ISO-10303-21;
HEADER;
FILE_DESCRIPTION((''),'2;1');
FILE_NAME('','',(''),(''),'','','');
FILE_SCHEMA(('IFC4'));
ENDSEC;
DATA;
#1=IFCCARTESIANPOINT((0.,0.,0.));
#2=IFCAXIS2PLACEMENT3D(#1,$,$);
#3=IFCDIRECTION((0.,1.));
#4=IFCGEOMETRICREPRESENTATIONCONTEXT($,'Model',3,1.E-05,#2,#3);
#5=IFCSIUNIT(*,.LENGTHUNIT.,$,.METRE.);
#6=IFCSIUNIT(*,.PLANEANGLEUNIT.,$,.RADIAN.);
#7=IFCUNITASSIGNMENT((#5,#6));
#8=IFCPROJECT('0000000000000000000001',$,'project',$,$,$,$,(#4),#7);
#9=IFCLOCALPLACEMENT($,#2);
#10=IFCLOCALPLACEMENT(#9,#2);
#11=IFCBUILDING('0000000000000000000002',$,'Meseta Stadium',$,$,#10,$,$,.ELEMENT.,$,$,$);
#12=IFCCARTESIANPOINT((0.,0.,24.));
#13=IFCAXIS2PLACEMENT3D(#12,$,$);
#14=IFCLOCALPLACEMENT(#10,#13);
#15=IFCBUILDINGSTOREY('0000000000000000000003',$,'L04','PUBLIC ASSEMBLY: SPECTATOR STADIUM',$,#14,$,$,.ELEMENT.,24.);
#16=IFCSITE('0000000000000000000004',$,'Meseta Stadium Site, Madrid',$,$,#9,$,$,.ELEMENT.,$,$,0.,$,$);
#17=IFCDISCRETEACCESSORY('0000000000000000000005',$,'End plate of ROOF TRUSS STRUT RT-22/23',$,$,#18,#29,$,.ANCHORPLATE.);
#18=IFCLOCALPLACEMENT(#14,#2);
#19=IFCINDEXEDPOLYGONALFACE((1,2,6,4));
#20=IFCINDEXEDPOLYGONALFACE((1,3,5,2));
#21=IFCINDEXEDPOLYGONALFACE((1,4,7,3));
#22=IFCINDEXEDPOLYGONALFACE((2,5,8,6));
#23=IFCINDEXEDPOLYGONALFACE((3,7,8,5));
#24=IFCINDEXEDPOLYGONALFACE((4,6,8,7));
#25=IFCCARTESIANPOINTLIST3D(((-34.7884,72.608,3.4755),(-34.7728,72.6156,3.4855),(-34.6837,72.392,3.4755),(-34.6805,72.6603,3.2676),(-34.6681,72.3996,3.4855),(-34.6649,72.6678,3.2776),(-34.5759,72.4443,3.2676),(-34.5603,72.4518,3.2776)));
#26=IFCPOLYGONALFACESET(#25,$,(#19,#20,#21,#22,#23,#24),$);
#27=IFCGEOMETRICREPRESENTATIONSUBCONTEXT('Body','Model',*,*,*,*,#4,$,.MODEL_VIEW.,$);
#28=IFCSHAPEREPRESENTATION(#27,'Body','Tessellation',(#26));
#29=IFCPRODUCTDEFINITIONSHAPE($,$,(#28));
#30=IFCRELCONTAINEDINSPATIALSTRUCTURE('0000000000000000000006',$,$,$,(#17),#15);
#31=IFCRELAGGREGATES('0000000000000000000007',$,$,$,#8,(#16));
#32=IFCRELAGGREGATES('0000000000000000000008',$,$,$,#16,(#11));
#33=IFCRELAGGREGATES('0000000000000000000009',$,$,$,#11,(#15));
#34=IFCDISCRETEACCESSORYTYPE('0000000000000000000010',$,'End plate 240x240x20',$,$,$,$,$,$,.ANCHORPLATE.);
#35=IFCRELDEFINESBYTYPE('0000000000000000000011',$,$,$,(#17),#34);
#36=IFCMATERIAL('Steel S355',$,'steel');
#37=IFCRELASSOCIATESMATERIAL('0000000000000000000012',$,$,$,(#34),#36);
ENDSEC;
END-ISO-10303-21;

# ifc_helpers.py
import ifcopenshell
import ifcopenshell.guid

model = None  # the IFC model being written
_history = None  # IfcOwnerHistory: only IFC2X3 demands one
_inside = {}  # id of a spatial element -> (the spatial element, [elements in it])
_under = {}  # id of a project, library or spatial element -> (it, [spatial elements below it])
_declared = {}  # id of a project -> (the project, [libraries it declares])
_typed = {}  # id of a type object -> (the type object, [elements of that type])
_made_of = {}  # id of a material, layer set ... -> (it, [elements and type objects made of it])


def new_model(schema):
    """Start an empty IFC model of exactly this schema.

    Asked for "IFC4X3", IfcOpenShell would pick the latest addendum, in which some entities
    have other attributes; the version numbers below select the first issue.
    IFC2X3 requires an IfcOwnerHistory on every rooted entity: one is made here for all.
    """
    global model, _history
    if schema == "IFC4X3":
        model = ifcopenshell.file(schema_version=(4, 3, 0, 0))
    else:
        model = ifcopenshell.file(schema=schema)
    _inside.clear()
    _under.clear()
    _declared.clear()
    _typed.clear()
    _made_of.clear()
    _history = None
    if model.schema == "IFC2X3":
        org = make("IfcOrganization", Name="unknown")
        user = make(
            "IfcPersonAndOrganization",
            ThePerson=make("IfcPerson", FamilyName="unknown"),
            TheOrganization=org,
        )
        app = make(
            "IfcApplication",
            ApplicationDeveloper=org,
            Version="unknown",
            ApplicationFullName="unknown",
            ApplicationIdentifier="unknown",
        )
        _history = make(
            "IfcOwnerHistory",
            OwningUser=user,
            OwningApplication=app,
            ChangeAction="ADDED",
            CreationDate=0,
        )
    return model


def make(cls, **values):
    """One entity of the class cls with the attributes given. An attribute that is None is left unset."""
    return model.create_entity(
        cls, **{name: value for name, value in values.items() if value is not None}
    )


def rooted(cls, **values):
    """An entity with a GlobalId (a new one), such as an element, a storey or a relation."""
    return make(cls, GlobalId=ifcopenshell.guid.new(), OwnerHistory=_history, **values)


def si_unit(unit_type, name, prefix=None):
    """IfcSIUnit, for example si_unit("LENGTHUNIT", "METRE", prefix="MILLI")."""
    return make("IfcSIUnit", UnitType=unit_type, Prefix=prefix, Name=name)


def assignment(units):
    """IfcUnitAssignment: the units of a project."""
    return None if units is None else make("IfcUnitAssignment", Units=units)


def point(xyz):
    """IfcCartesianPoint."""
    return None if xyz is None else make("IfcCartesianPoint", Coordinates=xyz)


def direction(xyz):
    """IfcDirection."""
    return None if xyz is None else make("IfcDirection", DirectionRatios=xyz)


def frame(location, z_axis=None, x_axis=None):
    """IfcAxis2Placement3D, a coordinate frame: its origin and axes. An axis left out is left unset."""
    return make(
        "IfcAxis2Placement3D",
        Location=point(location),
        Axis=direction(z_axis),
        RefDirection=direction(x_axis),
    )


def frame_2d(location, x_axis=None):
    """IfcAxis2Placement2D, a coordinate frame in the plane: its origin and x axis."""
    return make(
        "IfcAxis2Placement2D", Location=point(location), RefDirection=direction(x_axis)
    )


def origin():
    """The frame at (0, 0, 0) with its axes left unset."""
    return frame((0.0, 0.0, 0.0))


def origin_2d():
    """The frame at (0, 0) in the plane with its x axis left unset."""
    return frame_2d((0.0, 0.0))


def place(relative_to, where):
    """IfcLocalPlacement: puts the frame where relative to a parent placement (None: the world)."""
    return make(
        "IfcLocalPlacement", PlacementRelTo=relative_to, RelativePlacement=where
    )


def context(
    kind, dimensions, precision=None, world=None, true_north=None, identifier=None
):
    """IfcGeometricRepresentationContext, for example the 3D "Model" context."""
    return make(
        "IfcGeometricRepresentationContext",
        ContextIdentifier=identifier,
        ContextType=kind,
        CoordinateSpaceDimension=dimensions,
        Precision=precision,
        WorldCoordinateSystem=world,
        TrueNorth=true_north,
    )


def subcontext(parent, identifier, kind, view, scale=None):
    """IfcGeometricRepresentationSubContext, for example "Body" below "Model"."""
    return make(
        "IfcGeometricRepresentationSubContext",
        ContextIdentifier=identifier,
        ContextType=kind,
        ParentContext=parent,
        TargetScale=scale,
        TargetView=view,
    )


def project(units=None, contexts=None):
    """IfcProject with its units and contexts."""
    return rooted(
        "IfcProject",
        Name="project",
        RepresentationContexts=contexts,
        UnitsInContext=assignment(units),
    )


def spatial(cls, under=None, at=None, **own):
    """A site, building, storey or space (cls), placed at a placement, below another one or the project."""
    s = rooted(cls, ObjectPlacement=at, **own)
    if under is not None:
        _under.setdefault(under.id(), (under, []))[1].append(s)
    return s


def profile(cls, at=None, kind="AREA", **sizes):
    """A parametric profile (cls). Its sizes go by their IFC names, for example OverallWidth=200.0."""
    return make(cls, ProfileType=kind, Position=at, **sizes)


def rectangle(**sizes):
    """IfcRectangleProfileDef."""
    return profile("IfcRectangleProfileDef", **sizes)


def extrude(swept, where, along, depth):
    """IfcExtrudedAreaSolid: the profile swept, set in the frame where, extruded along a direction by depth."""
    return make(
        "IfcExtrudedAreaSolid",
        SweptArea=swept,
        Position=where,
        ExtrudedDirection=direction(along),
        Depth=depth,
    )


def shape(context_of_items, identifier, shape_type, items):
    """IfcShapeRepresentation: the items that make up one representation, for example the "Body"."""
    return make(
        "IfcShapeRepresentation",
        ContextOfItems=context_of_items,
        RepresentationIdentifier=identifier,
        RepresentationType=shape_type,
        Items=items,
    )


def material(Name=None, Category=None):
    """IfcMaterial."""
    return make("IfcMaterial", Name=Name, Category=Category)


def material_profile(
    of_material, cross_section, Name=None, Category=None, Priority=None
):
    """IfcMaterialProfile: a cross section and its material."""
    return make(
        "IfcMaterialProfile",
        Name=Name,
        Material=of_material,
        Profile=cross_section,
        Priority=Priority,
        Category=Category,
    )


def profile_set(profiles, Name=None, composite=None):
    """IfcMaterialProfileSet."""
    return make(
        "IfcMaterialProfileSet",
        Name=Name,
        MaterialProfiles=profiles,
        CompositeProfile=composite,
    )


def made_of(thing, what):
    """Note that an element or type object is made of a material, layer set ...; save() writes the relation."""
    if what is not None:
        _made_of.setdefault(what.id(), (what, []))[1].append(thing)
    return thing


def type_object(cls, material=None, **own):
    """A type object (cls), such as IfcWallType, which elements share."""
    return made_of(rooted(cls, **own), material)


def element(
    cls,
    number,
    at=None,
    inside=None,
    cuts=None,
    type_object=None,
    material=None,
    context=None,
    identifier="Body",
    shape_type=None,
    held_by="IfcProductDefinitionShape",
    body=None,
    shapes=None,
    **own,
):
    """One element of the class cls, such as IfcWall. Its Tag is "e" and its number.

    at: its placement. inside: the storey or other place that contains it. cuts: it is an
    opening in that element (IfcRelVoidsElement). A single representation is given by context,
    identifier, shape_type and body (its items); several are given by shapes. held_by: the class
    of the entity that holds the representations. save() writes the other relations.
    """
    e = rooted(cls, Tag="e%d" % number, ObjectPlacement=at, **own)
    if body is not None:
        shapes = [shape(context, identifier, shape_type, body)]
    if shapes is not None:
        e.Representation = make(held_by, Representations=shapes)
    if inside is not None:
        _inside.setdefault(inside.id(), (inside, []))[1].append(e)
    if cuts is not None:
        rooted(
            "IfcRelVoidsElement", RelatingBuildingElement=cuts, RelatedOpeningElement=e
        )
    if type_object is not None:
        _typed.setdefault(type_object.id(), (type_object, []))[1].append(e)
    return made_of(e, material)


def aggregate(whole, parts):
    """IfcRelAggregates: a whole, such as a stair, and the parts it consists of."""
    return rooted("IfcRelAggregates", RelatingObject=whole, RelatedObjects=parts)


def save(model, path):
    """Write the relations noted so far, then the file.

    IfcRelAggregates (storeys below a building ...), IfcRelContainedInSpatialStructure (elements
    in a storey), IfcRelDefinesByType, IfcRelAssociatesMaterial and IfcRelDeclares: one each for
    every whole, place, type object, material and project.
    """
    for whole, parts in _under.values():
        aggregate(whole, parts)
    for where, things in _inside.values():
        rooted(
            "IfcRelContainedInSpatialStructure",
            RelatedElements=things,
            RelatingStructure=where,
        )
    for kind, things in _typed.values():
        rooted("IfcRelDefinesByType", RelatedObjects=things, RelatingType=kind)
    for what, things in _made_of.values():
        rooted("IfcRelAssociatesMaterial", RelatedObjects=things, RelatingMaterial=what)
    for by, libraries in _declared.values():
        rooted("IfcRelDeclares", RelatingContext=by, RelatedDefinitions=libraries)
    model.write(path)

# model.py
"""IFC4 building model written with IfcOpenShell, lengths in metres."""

from ifc_helpers import new_model, si_unit, direction, frame, origin, origin_2d, place, context, subcontext, project, spatial, rectangle, extrude, material, material_profile, profile_set, type_object, element, save


model = new_model("IFC4")

# Units and contexts
model_context = context("Model", 3, precision=1e-05, world=origin(), true_north=direction((0.0, 1.0)))
body_context = subcontext(model_context, "Body", "Model", "MODEL_VIEW")
ifc_project = project(units=[si_unit("LENGTHUNIT", "METRE"), si_unit("PLANEANGLEUNIT", "RADIAN")], contexts=[model_context])

# Site, building, storey
site_placement = place(None, origin())
site = spatial("IfcSite", under=ifc_project, at=site_placement, Name="Meseta Stadium Site, Madrid", CompositionType="ELEMENT", RefElevation=0.0)
building_placement = place(site_placement, origin())
building = spatial("IfcBuilding", under=site, at=building_placement, Name="Meseta Stadium", CompositionType="ELEMENT")
storey_placement = place(building_placement, frame((0.0, 0.0, 24.0)))
storey = spatial("IfcBuildingStorey", under=building, at=storey_placement, Name="L04", Description="PUBLIC ASSEMBLY: SPECTATOR STADIUM", CompositionType="ELEMENT", Elevation=24.0)

# Discrete accessory
ifc_material_1 = material(Name="Steel S355", Category="steel")
ifc_material_profile_1 = material_profile(ifc_material_1, rectangle(XDim=0.24, YDim=0.24, at=origin_2d()), Name="PL 240x240")
ifc_profile_set_1 = profile_set([ifc_material_profile_1], Name="Steel S355")
discrete_accessory_type_1 = type_object("IfcDiscreteAccessoryType", Name="End plate 240x240x20", PredefinedType="ANCHORPLATE", material=ifc_profile_set_1)
for number, where, z_axis, x_axis, name in (
    (1, (-34.6665, 72.5337, 3.3816), (-0.779677, -0.377656, -0.49948), (0.435928, -0.899981, 0.0), "End plate of ROOF TRUSS STRUT RT-22/23"),
):
    element("IfcDiscreteAccessory", number, at=place(storey_placement, frame(where, z_axis=z_axis, x_axis=x_axis)), inside=storey, type_object=discrete_accessory_type_1, Name=name, PredefinedType="ANCHORPLATE", context=body_context, shape_type="SweptSolid", body=[
        extrude(rectangle(XDim=0.24, YDim=0.24, at=origin_2d()), origin(), (0.0, 0.0, 1.0), 0.02),
    ])

save(model, "model.ifc")
